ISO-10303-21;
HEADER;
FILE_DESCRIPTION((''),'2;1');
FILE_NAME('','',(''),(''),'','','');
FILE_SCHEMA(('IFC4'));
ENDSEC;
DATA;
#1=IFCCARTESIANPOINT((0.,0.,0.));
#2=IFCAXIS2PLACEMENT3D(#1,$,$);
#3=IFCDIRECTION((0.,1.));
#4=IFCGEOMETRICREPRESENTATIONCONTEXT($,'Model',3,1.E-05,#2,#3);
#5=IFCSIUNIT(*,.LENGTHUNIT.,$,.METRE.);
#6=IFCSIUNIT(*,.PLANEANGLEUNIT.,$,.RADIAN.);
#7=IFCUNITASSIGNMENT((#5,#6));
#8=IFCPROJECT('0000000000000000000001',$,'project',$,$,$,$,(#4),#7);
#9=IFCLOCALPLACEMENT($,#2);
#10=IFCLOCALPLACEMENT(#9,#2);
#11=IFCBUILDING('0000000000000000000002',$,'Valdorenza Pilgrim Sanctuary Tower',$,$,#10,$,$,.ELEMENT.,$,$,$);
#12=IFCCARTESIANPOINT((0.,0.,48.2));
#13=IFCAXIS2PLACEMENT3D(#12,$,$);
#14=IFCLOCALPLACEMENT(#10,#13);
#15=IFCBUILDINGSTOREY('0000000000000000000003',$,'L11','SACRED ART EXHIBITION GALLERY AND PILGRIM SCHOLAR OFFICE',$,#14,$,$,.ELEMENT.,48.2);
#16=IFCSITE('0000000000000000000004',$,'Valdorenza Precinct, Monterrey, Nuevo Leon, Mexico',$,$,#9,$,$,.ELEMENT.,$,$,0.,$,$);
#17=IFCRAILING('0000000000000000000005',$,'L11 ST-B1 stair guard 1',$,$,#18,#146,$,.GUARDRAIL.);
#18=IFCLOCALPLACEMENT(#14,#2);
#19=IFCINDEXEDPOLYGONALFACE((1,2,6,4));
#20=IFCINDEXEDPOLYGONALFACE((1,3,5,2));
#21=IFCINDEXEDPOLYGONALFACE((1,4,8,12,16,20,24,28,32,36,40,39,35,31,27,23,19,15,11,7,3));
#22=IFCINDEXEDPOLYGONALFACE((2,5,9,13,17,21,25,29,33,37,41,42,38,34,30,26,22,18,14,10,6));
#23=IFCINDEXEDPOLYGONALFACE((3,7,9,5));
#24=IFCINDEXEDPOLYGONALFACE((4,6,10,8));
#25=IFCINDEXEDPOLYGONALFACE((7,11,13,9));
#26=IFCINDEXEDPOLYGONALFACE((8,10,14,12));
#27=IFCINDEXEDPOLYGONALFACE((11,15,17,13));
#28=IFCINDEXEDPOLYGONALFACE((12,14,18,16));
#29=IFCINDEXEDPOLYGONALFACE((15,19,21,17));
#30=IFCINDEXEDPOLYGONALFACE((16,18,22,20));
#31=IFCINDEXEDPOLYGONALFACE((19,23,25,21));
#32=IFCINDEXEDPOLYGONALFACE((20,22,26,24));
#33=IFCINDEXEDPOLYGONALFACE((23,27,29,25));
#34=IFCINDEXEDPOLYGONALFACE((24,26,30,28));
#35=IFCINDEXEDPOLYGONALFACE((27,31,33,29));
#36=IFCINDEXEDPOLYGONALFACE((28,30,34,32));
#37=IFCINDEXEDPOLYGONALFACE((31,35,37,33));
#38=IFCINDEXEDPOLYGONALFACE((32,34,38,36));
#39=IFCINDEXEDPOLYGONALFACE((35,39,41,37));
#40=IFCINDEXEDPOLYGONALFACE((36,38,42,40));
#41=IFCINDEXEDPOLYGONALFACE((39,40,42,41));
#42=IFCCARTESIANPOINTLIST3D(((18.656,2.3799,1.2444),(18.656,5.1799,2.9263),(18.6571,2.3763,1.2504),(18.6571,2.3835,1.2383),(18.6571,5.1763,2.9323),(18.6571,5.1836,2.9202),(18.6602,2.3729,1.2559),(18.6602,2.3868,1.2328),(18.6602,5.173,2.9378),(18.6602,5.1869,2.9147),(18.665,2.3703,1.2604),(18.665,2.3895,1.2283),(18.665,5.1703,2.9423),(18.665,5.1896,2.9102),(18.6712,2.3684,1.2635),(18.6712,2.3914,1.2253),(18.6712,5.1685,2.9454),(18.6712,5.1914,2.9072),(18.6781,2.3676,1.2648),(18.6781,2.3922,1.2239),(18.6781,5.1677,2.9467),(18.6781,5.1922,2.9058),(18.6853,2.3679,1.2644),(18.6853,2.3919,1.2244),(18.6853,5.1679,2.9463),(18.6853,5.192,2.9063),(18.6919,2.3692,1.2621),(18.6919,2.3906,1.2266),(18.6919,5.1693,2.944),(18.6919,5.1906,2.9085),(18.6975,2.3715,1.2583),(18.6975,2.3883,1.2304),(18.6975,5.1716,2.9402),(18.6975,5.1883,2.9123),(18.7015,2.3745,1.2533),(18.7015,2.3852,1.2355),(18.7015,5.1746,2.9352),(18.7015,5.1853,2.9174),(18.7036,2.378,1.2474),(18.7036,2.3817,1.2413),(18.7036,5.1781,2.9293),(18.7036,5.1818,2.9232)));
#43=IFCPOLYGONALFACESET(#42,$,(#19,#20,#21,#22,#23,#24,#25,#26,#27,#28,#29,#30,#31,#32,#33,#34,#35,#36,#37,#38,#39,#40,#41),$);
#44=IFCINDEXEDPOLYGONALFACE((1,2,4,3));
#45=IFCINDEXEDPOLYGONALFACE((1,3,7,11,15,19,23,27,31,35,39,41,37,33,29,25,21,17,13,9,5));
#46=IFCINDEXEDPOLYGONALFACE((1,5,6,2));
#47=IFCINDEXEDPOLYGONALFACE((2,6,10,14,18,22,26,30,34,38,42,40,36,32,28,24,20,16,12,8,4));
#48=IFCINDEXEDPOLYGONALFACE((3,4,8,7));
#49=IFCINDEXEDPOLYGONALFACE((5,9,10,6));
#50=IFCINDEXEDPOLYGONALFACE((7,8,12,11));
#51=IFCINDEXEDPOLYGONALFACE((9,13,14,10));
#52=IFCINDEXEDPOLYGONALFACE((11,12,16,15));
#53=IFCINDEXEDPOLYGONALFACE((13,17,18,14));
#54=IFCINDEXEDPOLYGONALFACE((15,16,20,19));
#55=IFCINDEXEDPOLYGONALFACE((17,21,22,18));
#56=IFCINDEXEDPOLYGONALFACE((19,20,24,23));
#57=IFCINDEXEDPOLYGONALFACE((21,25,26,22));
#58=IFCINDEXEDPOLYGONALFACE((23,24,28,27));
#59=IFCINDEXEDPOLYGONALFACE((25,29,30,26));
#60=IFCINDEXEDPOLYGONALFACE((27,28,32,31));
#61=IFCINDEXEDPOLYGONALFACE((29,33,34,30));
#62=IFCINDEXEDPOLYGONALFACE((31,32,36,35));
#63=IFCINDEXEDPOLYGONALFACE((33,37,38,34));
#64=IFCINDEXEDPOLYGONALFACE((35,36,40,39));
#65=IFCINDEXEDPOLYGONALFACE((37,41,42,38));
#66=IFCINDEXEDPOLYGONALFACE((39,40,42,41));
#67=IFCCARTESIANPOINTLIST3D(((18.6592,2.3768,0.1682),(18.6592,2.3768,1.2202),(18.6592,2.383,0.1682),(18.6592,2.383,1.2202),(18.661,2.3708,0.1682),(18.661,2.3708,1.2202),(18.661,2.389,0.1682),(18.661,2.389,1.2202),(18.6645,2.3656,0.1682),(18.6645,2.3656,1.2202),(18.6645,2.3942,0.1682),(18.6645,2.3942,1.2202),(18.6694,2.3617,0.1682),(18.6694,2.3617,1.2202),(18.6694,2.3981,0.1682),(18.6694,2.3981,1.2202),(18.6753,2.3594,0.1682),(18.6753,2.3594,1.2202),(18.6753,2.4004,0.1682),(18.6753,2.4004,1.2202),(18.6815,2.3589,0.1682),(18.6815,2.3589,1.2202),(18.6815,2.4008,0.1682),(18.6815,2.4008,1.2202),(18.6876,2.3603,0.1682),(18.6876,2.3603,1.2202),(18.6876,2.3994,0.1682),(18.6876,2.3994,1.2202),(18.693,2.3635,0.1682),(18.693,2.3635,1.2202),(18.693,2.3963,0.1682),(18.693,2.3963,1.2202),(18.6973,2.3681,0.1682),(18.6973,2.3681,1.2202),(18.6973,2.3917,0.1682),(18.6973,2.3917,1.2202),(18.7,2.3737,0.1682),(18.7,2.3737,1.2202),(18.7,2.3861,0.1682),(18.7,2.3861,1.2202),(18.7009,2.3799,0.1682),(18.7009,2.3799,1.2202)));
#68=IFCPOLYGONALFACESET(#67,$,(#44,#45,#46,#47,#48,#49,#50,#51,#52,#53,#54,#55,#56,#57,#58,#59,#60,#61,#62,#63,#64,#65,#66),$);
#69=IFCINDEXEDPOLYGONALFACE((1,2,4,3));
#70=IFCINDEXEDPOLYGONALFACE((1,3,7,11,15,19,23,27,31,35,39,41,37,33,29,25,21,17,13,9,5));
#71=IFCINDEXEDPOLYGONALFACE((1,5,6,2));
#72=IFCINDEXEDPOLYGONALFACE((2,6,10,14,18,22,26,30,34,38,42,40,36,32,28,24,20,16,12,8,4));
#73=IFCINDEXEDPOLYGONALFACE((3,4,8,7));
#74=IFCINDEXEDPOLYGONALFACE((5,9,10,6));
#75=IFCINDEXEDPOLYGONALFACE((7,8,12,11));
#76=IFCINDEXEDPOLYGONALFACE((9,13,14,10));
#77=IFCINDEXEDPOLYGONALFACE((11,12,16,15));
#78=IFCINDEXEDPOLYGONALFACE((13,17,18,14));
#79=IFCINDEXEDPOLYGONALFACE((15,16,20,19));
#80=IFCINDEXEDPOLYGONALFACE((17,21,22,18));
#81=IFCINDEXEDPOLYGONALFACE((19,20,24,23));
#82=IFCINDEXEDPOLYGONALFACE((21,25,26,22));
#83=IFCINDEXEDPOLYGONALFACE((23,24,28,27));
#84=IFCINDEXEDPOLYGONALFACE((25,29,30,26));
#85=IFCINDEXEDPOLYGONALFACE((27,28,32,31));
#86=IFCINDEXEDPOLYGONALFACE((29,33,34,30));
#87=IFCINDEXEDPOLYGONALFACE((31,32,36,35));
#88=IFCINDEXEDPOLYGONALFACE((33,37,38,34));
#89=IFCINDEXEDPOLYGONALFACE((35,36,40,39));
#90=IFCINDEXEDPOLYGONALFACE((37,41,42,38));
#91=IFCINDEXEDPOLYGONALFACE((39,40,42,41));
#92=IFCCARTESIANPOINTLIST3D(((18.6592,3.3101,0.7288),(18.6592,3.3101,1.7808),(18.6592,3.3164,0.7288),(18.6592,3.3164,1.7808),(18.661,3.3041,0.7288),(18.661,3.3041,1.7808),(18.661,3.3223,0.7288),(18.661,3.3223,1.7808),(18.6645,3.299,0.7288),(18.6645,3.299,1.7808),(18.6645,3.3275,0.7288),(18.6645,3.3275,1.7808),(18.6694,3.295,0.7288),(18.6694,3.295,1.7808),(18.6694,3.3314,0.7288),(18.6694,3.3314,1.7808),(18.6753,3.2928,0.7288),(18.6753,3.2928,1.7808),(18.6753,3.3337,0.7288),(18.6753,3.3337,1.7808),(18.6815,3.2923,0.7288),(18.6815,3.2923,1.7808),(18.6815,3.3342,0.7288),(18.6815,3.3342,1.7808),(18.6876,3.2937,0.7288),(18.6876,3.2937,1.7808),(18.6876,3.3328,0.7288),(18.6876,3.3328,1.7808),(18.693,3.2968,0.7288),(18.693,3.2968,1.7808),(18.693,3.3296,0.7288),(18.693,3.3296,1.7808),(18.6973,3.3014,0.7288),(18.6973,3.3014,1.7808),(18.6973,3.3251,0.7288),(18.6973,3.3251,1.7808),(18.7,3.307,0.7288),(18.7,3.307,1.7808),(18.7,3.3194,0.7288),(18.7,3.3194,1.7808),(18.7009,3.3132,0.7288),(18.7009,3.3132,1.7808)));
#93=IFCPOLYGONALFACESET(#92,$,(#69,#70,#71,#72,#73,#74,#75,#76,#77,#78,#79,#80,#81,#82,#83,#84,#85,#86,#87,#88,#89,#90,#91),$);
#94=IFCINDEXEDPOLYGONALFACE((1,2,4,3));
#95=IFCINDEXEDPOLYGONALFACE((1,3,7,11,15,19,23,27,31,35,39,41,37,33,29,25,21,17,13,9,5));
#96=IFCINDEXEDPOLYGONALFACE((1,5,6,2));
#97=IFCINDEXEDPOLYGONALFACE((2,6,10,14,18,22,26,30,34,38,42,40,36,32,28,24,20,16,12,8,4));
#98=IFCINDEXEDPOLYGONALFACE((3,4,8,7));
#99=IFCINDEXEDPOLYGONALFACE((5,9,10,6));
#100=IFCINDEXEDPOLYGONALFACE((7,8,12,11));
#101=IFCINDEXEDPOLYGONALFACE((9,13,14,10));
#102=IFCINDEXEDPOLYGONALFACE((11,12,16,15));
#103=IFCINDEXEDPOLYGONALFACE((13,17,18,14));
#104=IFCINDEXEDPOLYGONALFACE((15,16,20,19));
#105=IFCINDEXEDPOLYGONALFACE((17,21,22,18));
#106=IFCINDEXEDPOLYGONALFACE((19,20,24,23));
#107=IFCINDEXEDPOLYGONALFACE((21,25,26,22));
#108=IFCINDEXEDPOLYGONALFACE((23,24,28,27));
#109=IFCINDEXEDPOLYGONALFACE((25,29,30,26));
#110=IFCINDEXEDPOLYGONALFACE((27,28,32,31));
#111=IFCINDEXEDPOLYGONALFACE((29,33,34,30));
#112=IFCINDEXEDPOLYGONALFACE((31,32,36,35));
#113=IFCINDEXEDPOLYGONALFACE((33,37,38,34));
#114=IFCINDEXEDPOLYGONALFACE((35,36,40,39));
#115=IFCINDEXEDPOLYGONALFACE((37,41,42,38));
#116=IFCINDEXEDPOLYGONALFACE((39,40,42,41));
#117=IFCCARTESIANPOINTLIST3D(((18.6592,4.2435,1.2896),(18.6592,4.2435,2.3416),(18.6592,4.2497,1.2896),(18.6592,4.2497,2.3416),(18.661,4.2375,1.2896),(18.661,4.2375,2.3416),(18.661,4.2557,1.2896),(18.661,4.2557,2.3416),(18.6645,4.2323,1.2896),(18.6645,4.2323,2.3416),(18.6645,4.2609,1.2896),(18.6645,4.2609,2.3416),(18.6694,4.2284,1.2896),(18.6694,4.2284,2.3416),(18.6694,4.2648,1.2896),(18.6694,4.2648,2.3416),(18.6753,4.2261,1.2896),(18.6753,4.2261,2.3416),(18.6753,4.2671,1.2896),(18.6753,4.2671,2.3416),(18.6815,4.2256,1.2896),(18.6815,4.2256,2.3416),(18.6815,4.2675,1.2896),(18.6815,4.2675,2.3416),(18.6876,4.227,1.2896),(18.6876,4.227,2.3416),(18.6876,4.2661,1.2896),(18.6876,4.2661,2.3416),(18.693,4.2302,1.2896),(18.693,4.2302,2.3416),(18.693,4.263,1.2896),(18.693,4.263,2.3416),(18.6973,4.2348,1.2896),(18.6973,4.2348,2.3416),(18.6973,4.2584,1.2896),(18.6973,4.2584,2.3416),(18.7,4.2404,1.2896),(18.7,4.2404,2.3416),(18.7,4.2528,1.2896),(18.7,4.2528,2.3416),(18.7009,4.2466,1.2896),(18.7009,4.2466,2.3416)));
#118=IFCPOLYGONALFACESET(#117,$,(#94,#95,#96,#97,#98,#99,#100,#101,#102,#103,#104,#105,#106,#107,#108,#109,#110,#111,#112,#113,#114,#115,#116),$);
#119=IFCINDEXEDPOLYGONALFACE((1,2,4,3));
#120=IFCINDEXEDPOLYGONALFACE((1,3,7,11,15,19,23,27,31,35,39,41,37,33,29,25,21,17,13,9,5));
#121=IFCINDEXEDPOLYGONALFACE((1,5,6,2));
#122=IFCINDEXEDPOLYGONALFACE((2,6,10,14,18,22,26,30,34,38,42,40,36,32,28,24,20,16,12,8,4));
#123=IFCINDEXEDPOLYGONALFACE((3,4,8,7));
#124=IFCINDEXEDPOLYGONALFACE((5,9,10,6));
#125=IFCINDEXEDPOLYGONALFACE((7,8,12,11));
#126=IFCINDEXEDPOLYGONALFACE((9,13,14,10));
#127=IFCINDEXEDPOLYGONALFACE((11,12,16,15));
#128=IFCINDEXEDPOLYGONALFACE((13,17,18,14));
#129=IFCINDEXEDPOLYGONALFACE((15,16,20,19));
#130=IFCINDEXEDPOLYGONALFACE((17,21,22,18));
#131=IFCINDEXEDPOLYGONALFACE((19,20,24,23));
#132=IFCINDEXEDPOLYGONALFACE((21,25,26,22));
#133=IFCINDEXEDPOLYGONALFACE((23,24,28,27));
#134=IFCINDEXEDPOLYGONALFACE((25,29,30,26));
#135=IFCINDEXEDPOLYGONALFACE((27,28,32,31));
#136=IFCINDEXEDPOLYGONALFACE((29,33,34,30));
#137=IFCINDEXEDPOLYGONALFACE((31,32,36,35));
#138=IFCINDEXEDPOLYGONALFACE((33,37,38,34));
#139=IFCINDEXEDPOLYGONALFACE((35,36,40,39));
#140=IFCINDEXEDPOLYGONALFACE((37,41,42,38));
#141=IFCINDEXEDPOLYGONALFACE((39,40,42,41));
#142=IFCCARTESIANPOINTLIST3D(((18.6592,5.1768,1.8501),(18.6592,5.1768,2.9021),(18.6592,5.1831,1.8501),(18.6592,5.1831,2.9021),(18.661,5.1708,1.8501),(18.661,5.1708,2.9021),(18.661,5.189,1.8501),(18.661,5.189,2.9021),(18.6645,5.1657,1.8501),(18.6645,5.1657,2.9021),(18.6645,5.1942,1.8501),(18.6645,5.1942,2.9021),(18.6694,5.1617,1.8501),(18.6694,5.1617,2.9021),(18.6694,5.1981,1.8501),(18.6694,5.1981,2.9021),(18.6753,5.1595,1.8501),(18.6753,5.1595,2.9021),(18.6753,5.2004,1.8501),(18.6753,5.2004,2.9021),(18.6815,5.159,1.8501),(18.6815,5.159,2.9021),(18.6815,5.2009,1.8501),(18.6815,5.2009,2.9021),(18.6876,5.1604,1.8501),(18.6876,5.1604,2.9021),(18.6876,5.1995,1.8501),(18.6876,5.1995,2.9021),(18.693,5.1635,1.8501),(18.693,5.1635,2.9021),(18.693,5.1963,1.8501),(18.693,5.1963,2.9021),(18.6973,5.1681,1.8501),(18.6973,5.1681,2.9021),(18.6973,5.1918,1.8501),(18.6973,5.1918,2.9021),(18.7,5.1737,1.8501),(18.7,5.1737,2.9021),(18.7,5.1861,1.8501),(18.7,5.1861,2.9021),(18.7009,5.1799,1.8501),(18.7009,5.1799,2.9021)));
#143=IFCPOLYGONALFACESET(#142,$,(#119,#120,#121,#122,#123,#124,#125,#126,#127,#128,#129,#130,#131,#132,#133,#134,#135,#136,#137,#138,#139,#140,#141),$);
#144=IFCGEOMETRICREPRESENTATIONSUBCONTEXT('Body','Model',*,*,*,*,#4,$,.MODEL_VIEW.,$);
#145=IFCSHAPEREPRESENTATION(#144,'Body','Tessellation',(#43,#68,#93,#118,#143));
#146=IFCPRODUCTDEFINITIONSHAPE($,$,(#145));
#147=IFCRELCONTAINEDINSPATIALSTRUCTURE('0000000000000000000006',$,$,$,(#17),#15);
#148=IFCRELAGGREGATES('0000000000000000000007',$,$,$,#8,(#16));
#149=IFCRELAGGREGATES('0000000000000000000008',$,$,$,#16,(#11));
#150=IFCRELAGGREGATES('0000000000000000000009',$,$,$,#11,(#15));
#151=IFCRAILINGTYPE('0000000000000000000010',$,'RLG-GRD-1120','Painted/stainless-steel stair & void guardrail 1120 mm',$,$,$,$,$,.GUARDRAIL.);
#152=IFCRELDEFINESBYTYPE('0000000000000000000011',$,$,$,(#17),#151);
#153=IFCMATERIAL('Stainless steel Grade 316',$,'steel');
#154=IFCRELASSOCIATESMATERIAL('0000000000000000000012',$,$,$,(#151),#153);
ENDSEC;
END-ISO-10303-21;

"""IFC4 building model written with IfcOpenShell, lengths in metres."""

from ifc_helpers import new_model, si_unit, direction, frame, origin, origin_2d, place, context, subcontext, project, spatial, circle, extrude, material, type_object, element, save


model = new_model("IFC4")

# Units and contexts
model_context = context("Model", 3, precision=1e-05, world=origin(), true_north=direction((0.0, 1.0)))
body_context = subcontext(model_context, "Body", "Model", "MODEL_VIEW")
ifc_project = project(units=[si_unit("LENGTHUNIT", "METRE"), si_unit("PLANEANGLEUNIT", "RADIAN")], contexts=[model_context])

# Site, building, storey
site_placement = place(None, origin())
site = spatial("IfcSite", under=ifc_project, at=site_placement, Name="Valdorenza Precinct, Monterrey, Nuevo Leon, Mexico", CompositionType="ELEMENT", RefElevation=0.0)
building_placement = place(site_placement, origin())
building = spatial("IfcBuilding", under=site, at=building_placement, Name="Valdorenza Pilgrim Sanctuary Tower", CompositionType="ELEMENT")
storey_placement = place(building_placement, frame((0.0, 0.0, 48.2)))
storey = spatial("IfcBuildingStorey", under=building, at=storey_placement, Name="L11", Description="SACRED ART EXHIBITION GALLERY AND PILGRIM SCHOLAR OFFICE", CompositionType="ELEMENT", Elevation=48.2)

# Railing
ifc_material_1 = material(Name="Stainless steel Grade 316", Category="steel")
railing_type_1 = type_object("IfcRailingType", Name="RLG-GRD-1120", Description="Painted/stainless-steel stair & void guardrail 1120 mm", PredefinedType="GUARDRAIL", material=ifc_material_1)
railing_1_placement = place(storey_placement, frame((18.6799, 2.3799, 0.1682)))
element("IfcRailing", 1, at=railing_1_placement, inside=storey, type_object=railing_type_1, Name="L11 ST-B1 stair guard 1", PredefinedType="GUARDRAIL", context=body_context, shape_type="SweptSolid", body=[
    extrude(circle(Radius=0.0239, at=origin_2d()), frame((0.0, 0.0, 1.0762), z_axis=(0.0, 0.857242, 0.514913), x_axis=(-1.0, 0.0, 0.0)), (0.0, 0.0, 1.0), 3.2664),
    extrude(circle(Radius=0.021, at=origin_2d()), origin(), (0.0, 0.0, 1.0), 1.052),
    extrude(circle(Radius=0.021, at=origin_2d()), frame((0.0, 0.9333, 0.5605)), (0.0, 0.0, 1.0), 1.052),
    extrude(circle(Radius=0.021, at=origin_2d()), frame((0.0, 1.8667, 1.1213)), (0.0, 0.0, 1.0), 1.052),
    extrude(circle(Radius=0.021, at=origin_2d()), frame((0.0, 2.8, 1.6819)), (0.0, 0.0, 1.0), 1.052),
])

save(model, "model.ifc")
